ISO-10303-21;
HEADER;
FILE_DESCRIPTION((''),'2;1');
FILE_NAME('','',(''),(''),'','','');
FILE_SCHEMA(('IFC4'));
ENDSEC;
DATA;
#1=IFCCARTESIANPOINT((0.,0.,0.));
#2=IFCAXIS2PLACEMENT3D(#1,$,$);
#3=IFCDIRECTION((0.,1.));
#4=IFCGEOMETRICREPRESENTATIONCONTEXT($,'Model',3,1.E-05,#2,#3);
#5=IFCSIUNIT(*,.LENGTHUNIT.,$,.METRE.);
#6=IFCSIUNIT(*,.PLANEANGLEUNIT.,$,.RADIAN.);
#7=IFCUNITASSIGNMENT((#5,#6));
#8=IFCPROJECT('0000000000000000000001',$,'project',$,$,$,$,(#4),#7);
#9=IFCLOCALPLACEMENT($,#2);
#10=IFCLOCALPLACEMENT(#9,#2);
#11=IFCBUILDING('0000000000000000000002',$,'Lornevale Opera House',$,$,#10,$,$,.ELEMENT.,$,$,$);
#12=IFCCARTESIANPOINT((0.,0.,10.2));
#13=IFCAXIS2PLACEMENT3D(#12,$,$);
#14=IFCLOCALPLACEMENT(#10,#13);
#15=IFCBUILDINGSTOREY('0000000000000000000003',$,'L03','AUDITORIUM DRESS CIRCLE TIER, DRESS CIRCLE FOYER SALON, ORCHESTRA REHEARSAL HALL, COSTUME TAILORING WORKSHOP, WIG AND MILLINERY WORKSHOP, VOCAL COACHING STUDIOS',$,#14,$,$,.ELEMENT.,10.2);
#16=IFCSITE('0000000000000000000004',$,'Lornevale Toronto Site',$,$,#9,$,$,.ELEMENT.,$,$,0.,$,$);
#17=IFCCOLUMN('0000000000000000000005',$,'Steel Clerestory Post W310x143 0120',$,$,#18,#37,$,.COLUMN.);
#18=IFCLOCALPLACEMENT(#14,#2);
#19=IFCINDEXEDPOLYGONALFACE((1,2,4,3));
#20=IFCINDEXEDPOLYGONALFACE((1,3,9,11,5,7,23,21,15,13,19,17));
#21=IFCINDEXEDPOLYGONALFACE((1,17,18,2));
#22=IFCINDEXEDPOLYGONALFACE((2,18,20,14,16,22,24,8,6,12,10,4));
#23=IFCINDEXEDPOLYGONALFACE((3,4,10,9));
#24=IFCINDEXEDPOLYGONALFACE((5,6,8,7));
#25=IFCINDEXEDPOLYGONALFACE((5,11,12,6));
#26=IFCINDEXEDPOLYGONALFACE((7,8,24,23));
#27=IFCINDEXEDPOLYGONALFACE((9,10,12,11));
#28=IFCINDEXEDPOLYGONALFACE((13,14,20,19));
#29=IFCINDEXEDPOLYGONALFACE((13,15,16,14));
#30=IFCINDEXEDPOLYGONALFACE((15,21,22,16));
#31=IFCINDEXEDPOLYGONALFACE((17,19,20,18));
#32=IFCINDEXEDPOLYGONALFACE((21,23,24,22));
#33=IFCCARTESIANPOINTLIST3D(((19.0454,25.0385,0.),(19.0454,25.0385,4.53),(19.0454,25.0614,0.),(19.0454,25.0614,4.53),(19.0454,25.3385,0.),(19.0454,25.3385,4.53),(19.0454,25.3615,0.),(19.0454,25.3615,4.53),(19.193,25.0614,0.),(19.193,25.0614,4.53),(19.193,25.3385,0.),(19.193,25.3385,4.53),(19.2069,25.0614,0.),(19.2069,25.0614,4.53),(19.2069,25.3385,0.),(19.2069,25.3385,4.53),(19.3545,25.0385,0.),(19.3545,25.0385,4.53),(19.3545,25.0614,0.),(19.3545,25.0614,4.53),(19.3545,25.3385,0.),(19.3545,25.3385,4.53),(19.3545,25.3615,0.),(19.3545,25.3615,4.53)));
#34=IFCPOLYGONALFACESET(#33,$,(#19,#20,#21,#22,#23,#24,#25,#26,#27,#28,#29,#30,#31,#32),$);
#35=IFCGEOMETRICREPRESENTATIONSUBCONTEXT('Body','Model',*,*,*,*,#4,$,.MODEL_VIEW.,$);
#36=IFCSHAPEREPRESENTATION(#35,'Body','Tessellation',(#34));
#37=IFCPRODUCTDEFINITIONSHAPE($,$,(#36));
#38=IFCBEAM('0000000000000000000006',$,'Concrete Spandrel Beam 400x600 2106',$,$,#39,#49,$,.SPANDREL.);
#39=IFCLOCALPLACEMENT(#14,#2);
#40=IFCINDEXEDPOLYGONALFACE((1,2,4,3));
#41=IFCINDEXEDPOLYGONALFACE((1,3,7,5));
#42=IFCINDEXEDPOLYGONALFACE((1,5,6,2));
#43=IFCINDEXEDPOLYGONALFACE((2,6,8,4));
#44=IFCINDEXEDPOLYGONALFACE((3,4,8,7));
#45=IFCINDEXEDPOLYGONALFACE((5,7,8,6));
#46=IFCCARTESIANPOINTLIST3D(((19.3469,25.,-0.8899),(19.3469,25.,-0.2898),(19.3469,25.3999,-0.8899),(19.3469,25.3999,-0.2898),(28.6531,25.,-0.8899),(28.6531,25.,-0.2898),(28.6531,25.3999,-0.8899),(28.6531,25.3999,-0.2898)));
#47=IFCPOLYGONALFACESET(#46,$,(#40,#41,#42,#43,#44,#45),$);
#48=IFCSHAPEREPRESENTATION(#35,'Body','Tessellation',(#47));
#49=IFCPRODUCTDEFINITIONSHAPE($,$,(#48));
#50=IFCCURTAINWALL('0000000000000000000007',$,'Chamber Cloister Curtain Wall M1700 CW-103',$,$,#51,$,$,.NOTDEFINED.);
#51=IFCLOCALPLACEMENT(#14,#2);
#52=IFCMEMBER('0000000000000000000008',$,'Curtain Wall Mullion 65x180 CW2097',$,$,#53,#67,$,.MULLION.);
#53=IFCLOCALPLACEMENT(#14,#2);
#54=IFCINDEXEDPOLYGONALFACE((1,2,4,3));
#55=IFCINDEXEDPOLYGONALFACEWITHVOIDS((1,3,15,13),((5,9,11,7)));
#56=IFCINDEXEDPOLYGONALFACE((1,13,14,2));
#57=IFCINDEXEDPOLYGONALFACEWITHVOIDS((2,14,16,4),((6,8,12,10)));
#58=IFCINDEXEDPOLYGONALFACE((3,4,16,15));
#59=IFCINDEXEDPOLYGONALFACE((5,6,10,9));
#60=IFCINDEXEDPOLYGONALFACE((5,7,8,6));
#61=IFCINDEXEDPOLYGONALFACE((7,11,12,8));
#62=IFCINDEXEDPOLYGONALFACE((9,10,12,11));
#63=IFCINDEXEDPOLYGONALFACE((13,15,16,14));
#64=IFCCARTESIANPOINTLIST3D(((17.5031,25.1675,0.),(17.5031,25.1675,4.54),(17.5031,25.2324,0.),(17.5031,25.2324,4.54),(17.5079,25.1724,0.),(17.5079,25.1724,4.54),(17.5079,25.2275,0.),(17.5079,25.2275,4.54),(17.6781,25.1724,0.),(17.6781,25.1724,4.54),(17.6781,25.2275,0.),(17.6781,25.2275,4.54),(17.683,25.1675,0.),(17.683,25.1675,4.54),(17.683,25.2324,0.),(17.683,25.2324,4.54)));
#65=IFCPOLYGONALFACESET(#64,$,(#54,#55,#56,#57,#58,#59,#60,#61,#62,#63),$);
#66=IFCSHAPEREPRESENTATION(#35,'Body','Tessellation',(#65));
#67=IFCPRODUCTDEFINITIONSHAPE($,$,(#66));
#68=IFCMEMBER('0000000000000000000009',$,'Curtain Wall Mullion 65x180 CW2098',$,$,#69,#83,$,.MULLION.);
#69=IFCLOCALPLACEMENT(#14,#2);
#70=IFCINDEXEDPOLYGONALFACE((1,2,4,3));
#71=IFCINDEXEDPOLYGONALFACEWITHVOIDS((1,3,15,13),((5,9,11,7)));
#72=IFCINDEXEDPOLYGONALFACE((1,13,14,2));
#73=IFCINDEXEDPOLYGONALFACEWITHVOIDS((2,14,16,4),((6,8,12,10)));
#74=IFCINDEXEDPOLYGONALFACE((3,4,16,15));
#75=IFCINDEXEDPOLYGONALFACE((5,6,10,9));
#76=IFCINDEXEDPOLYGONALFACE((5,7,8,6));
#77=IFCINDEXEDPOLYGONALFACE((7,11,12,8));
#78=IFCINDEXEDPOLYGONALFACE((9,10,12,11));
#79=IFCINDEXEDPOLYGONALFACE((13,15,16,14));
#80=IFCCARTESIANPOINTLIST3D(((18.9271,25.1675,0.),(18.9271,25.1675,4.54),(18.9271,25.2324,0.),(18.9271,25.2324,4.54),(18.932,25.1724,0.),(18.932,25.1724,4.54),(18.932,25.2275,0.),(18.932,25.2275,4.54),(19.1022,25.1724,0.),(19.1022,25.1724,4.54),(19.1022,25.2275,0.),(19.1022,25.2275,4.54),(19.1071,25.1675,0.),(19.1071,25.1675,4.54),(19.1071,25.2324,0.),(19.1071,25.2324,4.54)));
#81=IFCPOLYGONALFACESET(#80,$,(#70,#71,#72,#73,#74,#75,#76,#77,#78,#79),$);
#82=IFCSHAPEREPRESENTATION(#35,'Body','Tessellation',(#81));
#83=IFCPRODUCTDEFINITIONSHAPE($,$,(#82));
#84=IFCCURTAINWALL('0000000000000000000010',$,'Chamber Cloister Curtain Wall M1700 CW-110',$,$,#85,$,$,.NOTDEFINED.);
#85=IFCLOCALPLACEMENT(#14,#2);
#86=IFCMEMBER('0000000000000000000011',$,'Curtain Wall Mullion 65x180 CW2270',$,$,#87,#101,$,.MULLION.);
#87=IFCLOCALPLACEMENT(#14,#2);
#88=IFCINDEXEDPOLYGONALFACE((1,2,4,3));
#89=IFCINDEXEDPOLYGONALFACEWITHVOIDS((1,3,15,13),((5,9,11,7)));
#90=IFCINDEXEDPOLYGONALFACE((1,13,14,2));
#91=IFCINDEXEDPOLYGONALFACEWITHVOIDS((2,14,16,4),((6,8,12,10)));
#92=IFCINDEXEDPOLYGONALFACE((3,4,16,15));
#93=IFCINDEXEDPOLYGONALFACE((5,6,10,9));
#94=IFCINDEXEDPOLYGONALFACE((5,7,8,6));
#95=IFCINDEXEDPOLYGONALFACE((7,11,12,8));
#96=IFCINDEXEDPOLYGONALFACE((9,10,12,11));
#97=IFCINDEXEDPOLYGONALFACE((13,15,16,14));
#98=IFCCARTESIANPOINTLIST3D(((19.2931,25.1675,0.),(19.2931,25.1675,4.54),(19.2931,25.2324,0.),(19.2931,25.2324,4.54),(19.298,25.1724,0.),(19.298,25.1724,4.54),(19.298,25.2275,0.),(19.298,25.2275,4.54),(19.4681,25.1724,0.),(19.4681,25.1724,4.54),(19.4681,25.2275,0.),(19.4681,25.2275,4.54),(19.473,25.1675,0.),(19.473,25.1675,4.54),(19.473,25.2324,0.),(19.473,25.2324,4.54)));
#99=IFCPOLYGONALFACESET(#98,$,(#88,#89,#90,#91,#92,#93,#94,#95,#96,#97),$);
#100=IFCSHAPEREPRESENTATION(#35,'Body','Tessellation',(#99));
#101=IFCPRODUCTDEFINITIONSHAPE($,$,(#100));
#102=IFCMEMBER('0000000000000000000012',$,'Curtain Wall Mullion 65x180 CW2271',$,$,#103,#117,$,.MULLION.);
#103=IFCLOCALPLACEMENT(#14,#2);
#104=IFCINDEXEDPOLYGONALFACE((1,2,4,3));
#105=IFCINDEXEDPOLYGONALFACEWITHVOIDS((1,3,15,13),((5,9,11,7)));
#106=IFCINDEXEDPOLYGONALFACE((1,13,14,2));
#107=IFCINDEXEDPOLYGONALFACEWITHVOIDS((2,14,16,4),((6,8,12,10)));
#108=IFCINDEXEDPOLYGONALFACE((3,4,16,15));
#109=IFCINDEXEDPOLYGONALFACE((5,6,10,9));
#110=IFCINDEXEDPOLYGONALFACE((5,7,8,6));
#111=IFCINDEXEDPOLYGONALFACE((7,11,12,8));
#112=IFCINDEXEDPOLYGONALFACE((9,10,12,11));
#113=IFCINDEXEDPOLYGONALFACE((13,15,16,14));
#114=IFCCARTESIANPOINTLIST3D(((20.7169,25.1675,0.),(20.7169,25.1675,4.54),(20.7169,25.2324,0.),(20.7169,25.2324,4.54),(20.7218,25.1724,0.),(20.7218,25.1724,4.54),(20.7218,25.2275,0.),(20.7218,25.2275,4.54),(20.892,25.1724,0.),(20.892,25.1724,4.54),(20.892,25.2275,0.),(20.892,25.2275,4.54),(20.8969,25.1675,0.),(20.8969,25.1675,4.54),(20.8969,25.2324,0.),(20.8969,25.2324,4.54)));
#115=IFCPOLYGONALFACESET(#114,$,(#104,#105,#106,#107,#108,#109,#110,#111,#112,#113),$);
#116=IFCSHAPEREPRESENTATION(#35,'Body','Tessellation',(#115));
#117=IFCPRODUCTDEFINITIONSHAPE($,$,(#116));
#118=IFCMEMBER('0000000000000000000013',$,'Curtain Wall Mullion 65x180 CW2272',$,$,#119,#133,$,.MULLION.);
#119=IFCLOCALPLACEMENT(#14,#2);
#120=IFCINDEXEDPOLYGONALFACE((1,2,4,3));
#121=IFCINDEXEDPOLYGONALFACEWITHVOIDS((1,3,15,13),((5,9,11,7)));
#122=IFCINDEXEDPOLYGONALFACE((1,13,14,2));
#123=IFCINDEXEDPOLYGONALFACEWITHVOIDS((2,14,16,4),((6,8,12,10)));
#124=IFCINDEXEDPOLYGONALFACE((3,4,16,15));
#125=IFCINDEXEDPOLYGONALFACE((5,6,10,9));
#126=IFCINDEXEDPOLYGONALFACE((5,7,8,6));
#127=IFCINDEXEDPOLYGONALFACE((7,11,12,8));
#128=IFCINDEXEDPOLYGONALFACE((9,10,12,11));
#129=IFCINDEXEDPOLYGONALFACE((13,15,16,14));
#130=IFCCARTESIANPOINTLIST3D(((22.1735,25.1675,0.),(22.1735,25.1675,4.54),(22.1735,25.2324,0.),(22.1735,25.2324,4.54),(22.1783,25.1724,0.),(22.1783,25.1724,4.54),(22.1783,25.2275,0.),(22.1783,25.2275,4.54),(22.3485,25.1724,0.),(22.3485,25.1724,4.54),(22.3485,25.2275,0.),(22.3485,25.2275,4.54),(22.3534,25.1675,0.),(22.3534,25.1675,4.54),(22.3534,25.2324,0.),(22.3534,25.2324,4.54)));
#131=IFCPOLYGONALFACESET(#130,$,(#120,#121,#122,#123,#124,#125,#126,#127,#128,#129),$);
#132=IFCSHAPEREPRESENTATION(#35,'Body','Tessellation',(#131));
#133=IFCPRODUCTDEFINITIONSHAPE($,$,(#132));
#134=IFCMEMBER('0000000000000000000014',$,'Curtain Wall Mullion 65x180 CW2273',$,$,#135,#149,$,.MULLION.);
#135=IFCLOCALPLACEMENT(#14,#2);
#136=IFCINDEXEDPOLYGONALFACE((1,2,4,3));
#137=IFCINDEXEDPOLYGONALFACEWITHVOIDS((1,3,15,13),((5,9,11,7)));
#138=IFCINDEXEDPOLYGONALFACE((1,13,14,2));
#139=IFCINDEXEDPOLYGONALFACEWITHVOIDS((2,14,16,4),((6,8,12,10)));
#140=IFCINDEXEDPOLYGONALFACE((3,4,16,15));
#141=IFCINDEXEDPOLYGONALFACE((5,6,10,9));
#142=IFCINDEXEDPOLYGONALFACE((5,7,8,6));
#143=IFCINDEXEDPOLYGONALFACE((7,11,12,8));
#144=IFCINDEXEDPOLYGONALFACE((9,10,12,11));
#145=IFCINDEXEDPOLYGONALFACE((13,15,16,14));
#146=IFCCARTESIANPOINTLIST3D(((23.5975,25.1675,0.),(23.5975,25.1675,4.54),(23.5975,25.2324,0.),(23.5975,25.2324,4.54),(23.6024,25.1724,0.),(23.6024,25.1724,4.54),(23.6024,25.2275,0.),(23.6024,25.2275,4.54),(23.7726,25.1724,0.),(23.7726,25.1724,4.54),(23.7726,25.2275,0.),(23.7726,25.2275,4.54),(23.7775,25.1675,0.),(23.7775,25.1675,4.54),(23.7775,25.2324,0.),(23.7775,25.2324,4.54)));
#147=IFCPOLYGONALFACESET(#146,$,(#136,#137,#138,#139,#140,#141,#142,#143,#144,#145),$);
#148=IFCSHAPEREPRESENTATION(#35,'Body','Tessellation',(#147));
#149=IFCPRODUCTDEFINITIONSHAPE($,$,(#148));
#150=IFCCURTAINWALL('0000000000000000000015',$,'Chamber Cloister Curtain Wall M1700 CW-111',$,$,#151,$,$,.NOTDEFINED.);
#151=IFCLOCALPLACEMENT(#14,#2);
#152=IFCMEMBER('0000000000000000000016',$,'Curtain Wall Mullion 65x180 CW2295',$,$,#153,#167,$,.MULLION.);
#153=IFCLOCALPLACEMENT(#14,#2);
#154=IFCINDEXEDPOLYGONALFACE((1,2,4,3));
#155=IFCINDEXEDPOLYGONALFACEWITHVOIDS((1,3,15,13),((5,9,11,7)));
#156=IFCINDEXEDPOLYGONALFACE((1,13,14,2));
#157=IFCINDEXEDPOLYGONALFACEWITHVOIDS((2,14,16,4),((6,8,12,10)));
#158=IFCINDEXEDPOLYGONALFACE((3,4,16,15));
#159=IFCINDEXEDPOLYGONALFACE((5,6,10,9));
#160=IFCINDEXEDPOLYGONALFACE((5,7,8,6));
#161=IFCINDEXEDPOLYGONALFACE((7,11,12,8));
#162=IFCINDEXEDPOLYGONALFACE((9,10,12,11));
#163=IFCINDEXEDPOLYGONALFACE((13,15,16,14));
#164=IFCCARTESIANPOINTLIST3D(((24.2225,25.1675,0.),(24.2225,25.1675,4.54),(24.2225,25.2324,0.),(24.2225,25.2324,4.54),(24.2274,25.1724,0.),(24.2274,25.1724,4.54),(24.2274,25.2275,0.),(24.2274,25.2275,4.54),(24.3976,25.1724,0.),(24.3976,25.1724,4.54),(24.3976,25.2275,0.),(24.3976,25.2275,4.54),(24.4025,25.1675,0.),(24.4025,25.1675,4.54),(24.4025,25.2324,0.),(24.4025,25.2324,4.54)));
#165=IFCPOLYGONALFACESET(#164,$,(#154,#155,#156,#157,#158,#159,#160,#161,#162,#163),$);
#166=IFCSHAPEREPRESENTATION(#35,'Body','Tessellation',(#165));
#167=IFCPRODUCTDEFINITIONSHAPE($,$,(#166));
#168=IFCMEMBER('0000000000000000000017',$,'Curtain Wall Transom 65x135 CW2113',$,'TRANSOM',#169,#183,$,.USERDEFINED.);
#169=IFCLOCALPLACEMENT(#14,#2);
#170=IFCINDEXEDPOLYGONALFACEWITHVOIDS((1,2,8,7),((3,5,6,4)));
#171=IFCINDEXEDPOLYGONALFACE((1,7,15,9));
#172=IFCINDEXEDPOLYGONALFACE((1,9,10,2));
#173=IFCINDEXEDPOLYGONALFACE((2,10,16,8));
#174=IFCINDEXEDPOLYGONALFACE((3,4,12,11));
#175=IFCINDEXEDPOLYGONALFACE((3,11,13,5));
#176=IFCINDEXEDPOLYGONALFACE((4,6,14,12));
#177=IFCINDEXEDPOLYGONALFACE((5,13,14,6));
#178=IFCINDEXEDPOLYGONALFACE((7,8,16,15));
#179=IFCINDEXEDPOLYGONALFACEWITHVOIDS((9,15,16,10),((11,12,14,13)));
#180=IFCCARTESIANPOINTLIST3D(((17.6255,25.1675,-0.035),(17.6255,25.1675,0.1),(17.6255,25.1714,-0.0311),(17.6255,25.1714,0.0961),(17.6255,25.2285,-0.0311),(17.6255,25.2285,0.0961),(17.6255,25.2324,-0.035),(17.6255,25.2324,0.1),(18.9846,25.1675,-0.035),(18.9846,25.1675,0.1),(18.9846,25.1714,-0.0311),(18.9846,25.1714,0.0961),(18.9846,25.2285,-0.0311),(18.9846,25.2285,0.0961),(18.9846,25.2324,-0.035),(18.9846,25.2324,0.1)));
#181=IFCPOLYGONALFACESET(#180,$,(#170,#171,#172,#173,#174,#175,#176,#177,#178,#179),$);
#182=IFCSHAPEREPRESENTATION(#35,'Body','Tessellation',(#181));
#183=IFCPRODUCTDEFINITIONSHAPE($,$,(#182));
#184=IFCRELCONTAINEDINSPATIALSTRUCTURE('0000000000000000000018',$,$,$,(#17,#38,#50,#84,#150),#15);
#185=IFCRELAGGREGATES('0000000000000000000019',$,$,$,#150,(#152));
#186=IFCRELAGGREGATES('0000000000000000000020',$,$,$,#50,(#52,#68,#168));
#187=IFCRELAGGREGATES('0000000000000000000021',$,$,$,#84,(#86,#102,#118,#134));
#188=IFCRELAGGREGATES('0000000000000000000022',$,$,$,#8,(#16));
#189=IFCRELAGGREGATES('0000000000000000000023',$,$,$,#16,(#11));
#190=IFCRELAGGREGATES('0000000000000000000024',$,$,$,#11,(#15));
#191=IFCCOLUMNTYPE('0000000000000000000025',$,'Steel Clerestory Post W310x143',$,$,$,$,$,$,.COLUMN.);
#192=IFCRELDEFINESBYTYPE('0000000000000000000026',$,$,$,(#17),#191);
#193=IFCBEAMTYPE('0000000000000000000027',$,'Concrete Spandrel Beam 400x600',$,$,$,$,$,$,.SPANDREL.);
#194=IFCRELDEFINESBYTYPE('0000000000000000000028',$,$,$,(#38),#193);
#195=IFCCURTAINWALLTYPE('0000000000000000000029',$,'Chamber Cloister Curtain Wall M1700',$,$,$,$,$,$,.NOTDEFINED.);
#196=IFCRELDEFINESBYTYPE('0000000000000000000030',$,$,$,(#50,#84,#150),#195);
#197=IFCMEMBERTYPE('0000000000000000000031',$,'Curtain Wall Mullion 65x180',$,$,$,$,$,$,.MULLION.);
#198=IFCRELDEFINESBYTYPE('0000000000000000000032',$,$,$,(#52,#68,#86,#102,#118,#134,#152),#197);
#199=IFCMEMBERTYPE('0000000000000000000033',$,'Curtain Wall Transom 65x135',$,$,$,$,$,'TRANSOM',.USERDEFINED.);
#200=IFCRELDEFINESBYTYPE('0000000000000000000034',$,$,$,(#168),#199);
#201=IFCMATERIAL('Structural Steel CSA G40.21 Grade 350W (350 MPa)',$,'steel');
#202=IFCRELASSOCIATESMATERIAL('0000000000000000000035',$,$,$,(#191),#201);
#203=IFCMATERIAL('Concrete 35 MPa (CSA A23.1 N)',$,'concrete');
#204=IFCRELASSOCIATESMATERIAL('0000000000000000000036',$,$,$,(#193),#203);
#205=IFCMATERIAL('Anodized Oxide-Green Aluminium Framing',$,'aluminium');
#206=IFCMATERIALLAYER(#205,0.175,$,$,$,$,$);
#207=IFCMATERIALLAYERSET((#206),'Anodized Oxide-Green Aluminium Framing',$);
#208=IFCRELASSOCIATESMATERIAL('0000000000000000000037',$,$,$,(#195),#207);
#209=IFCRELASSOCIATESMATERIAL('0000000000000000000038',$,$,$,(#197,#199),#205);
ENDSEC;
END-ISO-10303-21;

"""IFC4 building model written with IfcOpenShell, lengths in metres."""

from ifc_helpers import new_model, si_unit, direction, frame, origin, origin_2d, place, context, subcontext, project, spatial, rectangle, hollow_rectangle, i_section, extrude, material, layer, layer_set, material_profile, profile_set, type_object, element, aggregate, save


model = new_model("IFC4")

# Units and contexts
model_context = context("Model", 3, precision=1e-05, world=origin(), true_north=direction((0.0, 1.0)))
body_context = subcontext(model_context, "Body", "Model", "MODEL_VIEW")
ifc_project = project(units=[si_unit("LENGTHUNIT", "METRE"), si_unit("PLANEANGLEUNIT", "RADIAN")], contexts=[model_context])

# Site, building, storey
site_placement = place(None, origin())
site = spatial("IfcSite", under=ifc_project, at=site_placement, Name="Lornevale Toronto Site", CompositionType="ELEMENT", RefElevation=0.0)
building_placement = place(site_placement, origin())
building = spatial("IfcBuilding", under=site, at=building_placement, Name="Lornevale Opera House", CompositionType="ELEMENT")
storey_placement = place(building_placement, frame((0.0, 0.0, 10.2)))
storey = spatial("IfcBuildingStorey", under=building, at=storey_placement, Name="L03", Description="AUDITORIUM DRESS CIRCLE TIER, DRESS CIRCLE FOYER SALON, ORCHESTRA REHEARSAL HALL, COSTUME TAILORING WORKSHOP, WIG AND MILLINERY WORKSHOP, VOCAL COACHING STUDIOS", CompositionType="ELEMENT", Elevation=10.2)

# Column
ifc_material_1 = material(Name="Structural Steel CSA G40.21 Grade 350W (350 MPa)", Category="steel")
ifc_material_profile_1 = material_profile(ifc_material_1, i_section(OverallWidth=0.3091, OverallDepth=0.323, WebThickness=0.0139, FlangeThickness=0.0229, at=origin_2d()), Name="W310x143")
ifc_profile_set_1 = profile_set([ifc_material_profile_1], Name="Structural Steel CSA G40.21 Grade 350W (350 MPa)")
column_type = type_object("IfcColumnType", Name="Steel Clerestory Post W310x143", PredefinedType="COLUMN", material=ifc_profile_set_1)
column_placement = place(storey_placement, frame((19.2, 25.2, 0.0), z_axis=(0.0, 0.0, 1.0), x_axis=(1.0, 0.0, 0.0)))
element("IfcColumn", 1, at=column_placement, inside=storey, type_object=column_type, Name="Steel Clerestory Post W310x143 0120", PredefinedType="COLUMN", context=body_context, shape_type="SweptSolid", body=[
    extrude(i_section(OverallWidth=0.3091, OverallDepth=0.323, WebThickness=0.0139, FlangeThickness=0.0229, at=origin_2d()), origin(), (0.0, 0.0, 1.0), 4.53),
])

# Beam
ifc_material_2 = material(Name="Concrete 35 MPa (CSA A23.1 N)", Category="concrete")
ifc_material_profile_2 = material_profile(ifc_material_2, rectangle(XDim=0.3999, YDim=0.6001, at=origin_2d()), Name="RC400x600")
ifc_profile_set_2 = profile_set([ifc_material_profile_2], Name="Concrete 35 MPa (CSA A23.1 N)")
beam_type = type_object("IfcBeamType", Name="Concrete Spandrel Beam 400x600", PredefinedType="SPANDREL", material=ifc_profile_set_2)
beam_placement = place(storey_placement, frame((19.3469, 25.2, -0.5898), z_axis=(1.0, 0.0, 0.0), x_axis=(0.0, 1.0, 0.0)))
element("IfcBeam", 2, at=beam_placement, inside=storey, type_object=beam_type, Name="Concrete Spandrel Beam 400x600 2106", PredefinedType="SPANDREL", context=body_context, shape_type="SweptSolid", body=[
    extrude(rectangle(XDim=0.3999, YDim=0.6001, at=origin_2d()), origin(), (0.0, 0.0, 1.0), 9.3062),
])

# Curtain walls, members
ifc_material_3 = material(Name="Anodized Oxide-Green Aluminium Framing", Category="aluminium")
ifc_layer_1 = layer(ifc_material_3, 0.175)
ifc_layer_set_1 = layer_set([ifc_layer_1], Name="Anodized Oxide-Green Aluminium Framing")
curtain_wall_type = type_object("IfcCurtainWallType", Name="Chamber Cloister Curtain Wall M1700", PredefinedType="NOTDEFINED", material=ifc_layer_set_1)
curtain_wall_1_placement = place(storey_placement, origin())
curtain_wall_1 = element("IfcCurtainWall", 3, at=curtain_wall_1_placement, inside=storey, type_object=curtain_wall_type, Name="Chamber Cloister Curtain Wall M1700 CW-103", PredefinedType="NOTDEFINED")
ifc_material_profile_3 = material_profile(ifc_material_3, hollow_rectangle(XDim=0.0649, YDim=0.1799, WallThickness=0.0049, at=origin_2d()), Name="ALU65x180x5")
ifc_profile_set_3 = profile_set([ifc_material_profile_3], Name="Anodized Oxide-Green Aluminium Framing")
member_type_1 = type_object("IfcMemberType", Name="Curtain Wall Mullion 65x180", PredefinedType="MULLION", material=ifc_profile_set_3)
member_1_placement = place(storey_placement, frame((17.593, 25.2, 0.0), z_axis=(0.0, 0.0, 1.0), x_axis=(0.0, 1.0, 0.0)))
member_1 = element("IfcMember", 4, at=member_1_placement, type_object=member_type_1, Name="Curtain Wall Mullion 65x180 CW2097", PredefinedType="MULLION", context=body_context, shape_type="SweptSolid", body=[
    extrude(hollow_rectangle(XDim=0.0649, YDim=0.1799, WallThickness=0.0049, at=origin_2d()), origin(), (0.0, 0.0, 1.0), 4.54),
])
member_2_placement = place(storey_placement, frame((19.0171, 25.2, 0.0), z_axis=(0.0, 0.0, 1.0), x_axis=(0.0, 1.0, 0.0)))
member_2 = element("IfcMember", 5, at=member_2_placement, type_object=member_type_1, Name="Curtain Wall Mullion 65x180 CW2098", PredefinedType="MULLION", context=body_context, shape_type="SweptSolid", body=[
    extrude(hollow_rectangle(XDim=0.0649, YDim=0.1799, WallThickness=0.0049, at=origin_2d()), origin(), (0.0, 0.0, 1.0), 4.54),
])
curtain_wall_2_placement = place(storey_placement, origin())
curtain_wall_2 = element("IfcCurtainWall", 6, at=curtain_wall_2_placement, inside=storey, type_object=curtain_wall_type, Name="Chamber Cloister Curtain Wall M1700 CW-110", PredefinedType="NOTDEFINED")
member_3_placement = place(storey_placement, frame((19.3831, 25.2, 0.0), z_axis=(0.0, 0.0, 1.0), x_axis=(0.0, 1.0, 0.0)))
member_3 = element("IfcMember", 7, at=member_3_placement, type_object=member_type_1, Name="Curtain Wall Mullion 65x180 CW2270", PredefinedType="MULLION", context=body_context, shape_type="SweptSolid", body=[
    extrude(hollow_rectangle(XDim=0.0649, YDim=0.1799, WallThickness=0.0049, at=origin_2d()), origin(), (0.0, 0.0, 1.0), 4.54),
])
member_4_placement = place(storey_placement, frame((20.8069, 25.2, 0.0), z_axis=(0.0, 0.0, 1.0), x_axis=(0.0, 1.0, 0.0)))
member_4 = element("IfcMember", 8, at=member_4_placement, type_object=member_type_1, Name="Curtain Wall Mullion 65x180 CW2271", PredefinedType="MULLION", context=body_context, shape_type="SweptSolid", body=[
    extrude(hollow_rectangle(XDim=0.0649, YDim=0.1799, WallThickness=0.0049, at=origin_2d()), origin(), (0.0, 0.0, 1.0), 4.54),
])
member_5_placement = place(storey_placement, frame((22.2634, 25.2, 0.0), z_axis=(0.0, 0.0, 1.0), x_axis=(0.0, 1.0, 0.0)))
member_5 = element("IfcMember", 9, at=member_5_placement, type_object=member_type_1, Name="Curtain Wall Mullion 65x180 CW2272", PredefinedType="MULLION", context=body_context, shape_type="SweptSolid", body=[
    extrude(hollow_rectangle(XDim=0.0649, YDim=0.1799, WallThickness=0.0049, at=origin_2d()), origin(), (0.0, 0.0, 1.0), 4.54),
])
member_6_placement = place(storey_placement, frame((23.6875, 25.2, 0.0), z_axis=(0.0, 0.0, 1.0), x_axis=(0.0, 1.0, 0.0)))
member_6 = element("IfcMember", 10, at=member_6_placement, type_object=member_type_1, Name="Curtain Wall Mullion 65x180 CW2273", PredefinedType="MULLION", context=body_context, shape_type="SweptSolid", body=[
    extrude(hollow_rectangle(XDim=0.0649, YDim=0.1799, WallThickness=0.0049, at=origin_2d()), origin(), (0.0, 0.0, 1.0), 4.54),
])

# Curtain wall, member
curtain_wall_3_placement = place(storey_placement, origin())
curtain_wall_3 = element("IfcCurtainWall", 11, at=curtain_wall_3_placement, inside=storey, type_object=curtain_wall_type, Name="Chamber Cloister Curtain Wall M1700 CW-111", PredefinedType="NOTDEFINED")
member_7_placement = place(storey_placement, frame((24.3125, 25.2, 0.0), z_axis=(0.0, 0.0, 1.0), x_axis=(0.0, 1.0, 0.0)))
member_7 = element("IfcMember", 12, at=member_7_placement, type_object=member_type_1, Name="Curtain Wall Mullion 65x180 CW2295", PredefinedType="MULLION", context=body_context, shape_type="SweptSolid", body=[
    extrude(hollow_rectangle(XDim=0.0649, YDim=0.1799, WallThickness=0.0049, at=origin_2d()), origin(), (0.0, 0.0, 1.0), 4.54),
])

# Member
ifc_material_profile_4 = material_profile(ifc_material_3, hollow_rectangle(XDim=0.0649, YDim=0.135, WallThickness=0.0039, at=origin_2d()), Name="ALU65x135x4")
ifc_profile_set_4 = profile_set([ifc_material_profile_4], Name="Anodized Oxide-Green Aluminium Framing")
member_type_2 = type_object("IfcMemberType", Name="Curtain Wall Transom 65x135", ElementType="TRANSOM", PredefinedType="USERDEFINED", material=ifc_profile_set_4)
member_8_placement = place(storey_placement, frame((17.6255, 25.2, 0.0325), z_axis=(1.0, 0.0, 0.0), x_axis=(0.0, 1.0, 0.0)))
member_8 = element("IfcMember", 13, at=member_8_placement, type_object=member_type_2, Name="Curtain Wall Transom 65x135 CW2113", ObjectType="TRANSOM", PredefinedType="USERDEFINED", context=body_context, shape_type="SweptSolid", body=[
    extrude(hollow_rectangle(XDim=0.0649, YDim=0.135, WallThickness=0.0039, at=origin_2d()), origin(), (0.0, 0.0, 1.0), 1.3591),
])
aggregate(curtain_wall_3, [member_7])

aggregate(curtain_wall_1, [member_1, member_2, member_8])
aggregate(curtain_wall_2, [member_3, member_4, member_5, member_6])

save(model, "model.ifc")
